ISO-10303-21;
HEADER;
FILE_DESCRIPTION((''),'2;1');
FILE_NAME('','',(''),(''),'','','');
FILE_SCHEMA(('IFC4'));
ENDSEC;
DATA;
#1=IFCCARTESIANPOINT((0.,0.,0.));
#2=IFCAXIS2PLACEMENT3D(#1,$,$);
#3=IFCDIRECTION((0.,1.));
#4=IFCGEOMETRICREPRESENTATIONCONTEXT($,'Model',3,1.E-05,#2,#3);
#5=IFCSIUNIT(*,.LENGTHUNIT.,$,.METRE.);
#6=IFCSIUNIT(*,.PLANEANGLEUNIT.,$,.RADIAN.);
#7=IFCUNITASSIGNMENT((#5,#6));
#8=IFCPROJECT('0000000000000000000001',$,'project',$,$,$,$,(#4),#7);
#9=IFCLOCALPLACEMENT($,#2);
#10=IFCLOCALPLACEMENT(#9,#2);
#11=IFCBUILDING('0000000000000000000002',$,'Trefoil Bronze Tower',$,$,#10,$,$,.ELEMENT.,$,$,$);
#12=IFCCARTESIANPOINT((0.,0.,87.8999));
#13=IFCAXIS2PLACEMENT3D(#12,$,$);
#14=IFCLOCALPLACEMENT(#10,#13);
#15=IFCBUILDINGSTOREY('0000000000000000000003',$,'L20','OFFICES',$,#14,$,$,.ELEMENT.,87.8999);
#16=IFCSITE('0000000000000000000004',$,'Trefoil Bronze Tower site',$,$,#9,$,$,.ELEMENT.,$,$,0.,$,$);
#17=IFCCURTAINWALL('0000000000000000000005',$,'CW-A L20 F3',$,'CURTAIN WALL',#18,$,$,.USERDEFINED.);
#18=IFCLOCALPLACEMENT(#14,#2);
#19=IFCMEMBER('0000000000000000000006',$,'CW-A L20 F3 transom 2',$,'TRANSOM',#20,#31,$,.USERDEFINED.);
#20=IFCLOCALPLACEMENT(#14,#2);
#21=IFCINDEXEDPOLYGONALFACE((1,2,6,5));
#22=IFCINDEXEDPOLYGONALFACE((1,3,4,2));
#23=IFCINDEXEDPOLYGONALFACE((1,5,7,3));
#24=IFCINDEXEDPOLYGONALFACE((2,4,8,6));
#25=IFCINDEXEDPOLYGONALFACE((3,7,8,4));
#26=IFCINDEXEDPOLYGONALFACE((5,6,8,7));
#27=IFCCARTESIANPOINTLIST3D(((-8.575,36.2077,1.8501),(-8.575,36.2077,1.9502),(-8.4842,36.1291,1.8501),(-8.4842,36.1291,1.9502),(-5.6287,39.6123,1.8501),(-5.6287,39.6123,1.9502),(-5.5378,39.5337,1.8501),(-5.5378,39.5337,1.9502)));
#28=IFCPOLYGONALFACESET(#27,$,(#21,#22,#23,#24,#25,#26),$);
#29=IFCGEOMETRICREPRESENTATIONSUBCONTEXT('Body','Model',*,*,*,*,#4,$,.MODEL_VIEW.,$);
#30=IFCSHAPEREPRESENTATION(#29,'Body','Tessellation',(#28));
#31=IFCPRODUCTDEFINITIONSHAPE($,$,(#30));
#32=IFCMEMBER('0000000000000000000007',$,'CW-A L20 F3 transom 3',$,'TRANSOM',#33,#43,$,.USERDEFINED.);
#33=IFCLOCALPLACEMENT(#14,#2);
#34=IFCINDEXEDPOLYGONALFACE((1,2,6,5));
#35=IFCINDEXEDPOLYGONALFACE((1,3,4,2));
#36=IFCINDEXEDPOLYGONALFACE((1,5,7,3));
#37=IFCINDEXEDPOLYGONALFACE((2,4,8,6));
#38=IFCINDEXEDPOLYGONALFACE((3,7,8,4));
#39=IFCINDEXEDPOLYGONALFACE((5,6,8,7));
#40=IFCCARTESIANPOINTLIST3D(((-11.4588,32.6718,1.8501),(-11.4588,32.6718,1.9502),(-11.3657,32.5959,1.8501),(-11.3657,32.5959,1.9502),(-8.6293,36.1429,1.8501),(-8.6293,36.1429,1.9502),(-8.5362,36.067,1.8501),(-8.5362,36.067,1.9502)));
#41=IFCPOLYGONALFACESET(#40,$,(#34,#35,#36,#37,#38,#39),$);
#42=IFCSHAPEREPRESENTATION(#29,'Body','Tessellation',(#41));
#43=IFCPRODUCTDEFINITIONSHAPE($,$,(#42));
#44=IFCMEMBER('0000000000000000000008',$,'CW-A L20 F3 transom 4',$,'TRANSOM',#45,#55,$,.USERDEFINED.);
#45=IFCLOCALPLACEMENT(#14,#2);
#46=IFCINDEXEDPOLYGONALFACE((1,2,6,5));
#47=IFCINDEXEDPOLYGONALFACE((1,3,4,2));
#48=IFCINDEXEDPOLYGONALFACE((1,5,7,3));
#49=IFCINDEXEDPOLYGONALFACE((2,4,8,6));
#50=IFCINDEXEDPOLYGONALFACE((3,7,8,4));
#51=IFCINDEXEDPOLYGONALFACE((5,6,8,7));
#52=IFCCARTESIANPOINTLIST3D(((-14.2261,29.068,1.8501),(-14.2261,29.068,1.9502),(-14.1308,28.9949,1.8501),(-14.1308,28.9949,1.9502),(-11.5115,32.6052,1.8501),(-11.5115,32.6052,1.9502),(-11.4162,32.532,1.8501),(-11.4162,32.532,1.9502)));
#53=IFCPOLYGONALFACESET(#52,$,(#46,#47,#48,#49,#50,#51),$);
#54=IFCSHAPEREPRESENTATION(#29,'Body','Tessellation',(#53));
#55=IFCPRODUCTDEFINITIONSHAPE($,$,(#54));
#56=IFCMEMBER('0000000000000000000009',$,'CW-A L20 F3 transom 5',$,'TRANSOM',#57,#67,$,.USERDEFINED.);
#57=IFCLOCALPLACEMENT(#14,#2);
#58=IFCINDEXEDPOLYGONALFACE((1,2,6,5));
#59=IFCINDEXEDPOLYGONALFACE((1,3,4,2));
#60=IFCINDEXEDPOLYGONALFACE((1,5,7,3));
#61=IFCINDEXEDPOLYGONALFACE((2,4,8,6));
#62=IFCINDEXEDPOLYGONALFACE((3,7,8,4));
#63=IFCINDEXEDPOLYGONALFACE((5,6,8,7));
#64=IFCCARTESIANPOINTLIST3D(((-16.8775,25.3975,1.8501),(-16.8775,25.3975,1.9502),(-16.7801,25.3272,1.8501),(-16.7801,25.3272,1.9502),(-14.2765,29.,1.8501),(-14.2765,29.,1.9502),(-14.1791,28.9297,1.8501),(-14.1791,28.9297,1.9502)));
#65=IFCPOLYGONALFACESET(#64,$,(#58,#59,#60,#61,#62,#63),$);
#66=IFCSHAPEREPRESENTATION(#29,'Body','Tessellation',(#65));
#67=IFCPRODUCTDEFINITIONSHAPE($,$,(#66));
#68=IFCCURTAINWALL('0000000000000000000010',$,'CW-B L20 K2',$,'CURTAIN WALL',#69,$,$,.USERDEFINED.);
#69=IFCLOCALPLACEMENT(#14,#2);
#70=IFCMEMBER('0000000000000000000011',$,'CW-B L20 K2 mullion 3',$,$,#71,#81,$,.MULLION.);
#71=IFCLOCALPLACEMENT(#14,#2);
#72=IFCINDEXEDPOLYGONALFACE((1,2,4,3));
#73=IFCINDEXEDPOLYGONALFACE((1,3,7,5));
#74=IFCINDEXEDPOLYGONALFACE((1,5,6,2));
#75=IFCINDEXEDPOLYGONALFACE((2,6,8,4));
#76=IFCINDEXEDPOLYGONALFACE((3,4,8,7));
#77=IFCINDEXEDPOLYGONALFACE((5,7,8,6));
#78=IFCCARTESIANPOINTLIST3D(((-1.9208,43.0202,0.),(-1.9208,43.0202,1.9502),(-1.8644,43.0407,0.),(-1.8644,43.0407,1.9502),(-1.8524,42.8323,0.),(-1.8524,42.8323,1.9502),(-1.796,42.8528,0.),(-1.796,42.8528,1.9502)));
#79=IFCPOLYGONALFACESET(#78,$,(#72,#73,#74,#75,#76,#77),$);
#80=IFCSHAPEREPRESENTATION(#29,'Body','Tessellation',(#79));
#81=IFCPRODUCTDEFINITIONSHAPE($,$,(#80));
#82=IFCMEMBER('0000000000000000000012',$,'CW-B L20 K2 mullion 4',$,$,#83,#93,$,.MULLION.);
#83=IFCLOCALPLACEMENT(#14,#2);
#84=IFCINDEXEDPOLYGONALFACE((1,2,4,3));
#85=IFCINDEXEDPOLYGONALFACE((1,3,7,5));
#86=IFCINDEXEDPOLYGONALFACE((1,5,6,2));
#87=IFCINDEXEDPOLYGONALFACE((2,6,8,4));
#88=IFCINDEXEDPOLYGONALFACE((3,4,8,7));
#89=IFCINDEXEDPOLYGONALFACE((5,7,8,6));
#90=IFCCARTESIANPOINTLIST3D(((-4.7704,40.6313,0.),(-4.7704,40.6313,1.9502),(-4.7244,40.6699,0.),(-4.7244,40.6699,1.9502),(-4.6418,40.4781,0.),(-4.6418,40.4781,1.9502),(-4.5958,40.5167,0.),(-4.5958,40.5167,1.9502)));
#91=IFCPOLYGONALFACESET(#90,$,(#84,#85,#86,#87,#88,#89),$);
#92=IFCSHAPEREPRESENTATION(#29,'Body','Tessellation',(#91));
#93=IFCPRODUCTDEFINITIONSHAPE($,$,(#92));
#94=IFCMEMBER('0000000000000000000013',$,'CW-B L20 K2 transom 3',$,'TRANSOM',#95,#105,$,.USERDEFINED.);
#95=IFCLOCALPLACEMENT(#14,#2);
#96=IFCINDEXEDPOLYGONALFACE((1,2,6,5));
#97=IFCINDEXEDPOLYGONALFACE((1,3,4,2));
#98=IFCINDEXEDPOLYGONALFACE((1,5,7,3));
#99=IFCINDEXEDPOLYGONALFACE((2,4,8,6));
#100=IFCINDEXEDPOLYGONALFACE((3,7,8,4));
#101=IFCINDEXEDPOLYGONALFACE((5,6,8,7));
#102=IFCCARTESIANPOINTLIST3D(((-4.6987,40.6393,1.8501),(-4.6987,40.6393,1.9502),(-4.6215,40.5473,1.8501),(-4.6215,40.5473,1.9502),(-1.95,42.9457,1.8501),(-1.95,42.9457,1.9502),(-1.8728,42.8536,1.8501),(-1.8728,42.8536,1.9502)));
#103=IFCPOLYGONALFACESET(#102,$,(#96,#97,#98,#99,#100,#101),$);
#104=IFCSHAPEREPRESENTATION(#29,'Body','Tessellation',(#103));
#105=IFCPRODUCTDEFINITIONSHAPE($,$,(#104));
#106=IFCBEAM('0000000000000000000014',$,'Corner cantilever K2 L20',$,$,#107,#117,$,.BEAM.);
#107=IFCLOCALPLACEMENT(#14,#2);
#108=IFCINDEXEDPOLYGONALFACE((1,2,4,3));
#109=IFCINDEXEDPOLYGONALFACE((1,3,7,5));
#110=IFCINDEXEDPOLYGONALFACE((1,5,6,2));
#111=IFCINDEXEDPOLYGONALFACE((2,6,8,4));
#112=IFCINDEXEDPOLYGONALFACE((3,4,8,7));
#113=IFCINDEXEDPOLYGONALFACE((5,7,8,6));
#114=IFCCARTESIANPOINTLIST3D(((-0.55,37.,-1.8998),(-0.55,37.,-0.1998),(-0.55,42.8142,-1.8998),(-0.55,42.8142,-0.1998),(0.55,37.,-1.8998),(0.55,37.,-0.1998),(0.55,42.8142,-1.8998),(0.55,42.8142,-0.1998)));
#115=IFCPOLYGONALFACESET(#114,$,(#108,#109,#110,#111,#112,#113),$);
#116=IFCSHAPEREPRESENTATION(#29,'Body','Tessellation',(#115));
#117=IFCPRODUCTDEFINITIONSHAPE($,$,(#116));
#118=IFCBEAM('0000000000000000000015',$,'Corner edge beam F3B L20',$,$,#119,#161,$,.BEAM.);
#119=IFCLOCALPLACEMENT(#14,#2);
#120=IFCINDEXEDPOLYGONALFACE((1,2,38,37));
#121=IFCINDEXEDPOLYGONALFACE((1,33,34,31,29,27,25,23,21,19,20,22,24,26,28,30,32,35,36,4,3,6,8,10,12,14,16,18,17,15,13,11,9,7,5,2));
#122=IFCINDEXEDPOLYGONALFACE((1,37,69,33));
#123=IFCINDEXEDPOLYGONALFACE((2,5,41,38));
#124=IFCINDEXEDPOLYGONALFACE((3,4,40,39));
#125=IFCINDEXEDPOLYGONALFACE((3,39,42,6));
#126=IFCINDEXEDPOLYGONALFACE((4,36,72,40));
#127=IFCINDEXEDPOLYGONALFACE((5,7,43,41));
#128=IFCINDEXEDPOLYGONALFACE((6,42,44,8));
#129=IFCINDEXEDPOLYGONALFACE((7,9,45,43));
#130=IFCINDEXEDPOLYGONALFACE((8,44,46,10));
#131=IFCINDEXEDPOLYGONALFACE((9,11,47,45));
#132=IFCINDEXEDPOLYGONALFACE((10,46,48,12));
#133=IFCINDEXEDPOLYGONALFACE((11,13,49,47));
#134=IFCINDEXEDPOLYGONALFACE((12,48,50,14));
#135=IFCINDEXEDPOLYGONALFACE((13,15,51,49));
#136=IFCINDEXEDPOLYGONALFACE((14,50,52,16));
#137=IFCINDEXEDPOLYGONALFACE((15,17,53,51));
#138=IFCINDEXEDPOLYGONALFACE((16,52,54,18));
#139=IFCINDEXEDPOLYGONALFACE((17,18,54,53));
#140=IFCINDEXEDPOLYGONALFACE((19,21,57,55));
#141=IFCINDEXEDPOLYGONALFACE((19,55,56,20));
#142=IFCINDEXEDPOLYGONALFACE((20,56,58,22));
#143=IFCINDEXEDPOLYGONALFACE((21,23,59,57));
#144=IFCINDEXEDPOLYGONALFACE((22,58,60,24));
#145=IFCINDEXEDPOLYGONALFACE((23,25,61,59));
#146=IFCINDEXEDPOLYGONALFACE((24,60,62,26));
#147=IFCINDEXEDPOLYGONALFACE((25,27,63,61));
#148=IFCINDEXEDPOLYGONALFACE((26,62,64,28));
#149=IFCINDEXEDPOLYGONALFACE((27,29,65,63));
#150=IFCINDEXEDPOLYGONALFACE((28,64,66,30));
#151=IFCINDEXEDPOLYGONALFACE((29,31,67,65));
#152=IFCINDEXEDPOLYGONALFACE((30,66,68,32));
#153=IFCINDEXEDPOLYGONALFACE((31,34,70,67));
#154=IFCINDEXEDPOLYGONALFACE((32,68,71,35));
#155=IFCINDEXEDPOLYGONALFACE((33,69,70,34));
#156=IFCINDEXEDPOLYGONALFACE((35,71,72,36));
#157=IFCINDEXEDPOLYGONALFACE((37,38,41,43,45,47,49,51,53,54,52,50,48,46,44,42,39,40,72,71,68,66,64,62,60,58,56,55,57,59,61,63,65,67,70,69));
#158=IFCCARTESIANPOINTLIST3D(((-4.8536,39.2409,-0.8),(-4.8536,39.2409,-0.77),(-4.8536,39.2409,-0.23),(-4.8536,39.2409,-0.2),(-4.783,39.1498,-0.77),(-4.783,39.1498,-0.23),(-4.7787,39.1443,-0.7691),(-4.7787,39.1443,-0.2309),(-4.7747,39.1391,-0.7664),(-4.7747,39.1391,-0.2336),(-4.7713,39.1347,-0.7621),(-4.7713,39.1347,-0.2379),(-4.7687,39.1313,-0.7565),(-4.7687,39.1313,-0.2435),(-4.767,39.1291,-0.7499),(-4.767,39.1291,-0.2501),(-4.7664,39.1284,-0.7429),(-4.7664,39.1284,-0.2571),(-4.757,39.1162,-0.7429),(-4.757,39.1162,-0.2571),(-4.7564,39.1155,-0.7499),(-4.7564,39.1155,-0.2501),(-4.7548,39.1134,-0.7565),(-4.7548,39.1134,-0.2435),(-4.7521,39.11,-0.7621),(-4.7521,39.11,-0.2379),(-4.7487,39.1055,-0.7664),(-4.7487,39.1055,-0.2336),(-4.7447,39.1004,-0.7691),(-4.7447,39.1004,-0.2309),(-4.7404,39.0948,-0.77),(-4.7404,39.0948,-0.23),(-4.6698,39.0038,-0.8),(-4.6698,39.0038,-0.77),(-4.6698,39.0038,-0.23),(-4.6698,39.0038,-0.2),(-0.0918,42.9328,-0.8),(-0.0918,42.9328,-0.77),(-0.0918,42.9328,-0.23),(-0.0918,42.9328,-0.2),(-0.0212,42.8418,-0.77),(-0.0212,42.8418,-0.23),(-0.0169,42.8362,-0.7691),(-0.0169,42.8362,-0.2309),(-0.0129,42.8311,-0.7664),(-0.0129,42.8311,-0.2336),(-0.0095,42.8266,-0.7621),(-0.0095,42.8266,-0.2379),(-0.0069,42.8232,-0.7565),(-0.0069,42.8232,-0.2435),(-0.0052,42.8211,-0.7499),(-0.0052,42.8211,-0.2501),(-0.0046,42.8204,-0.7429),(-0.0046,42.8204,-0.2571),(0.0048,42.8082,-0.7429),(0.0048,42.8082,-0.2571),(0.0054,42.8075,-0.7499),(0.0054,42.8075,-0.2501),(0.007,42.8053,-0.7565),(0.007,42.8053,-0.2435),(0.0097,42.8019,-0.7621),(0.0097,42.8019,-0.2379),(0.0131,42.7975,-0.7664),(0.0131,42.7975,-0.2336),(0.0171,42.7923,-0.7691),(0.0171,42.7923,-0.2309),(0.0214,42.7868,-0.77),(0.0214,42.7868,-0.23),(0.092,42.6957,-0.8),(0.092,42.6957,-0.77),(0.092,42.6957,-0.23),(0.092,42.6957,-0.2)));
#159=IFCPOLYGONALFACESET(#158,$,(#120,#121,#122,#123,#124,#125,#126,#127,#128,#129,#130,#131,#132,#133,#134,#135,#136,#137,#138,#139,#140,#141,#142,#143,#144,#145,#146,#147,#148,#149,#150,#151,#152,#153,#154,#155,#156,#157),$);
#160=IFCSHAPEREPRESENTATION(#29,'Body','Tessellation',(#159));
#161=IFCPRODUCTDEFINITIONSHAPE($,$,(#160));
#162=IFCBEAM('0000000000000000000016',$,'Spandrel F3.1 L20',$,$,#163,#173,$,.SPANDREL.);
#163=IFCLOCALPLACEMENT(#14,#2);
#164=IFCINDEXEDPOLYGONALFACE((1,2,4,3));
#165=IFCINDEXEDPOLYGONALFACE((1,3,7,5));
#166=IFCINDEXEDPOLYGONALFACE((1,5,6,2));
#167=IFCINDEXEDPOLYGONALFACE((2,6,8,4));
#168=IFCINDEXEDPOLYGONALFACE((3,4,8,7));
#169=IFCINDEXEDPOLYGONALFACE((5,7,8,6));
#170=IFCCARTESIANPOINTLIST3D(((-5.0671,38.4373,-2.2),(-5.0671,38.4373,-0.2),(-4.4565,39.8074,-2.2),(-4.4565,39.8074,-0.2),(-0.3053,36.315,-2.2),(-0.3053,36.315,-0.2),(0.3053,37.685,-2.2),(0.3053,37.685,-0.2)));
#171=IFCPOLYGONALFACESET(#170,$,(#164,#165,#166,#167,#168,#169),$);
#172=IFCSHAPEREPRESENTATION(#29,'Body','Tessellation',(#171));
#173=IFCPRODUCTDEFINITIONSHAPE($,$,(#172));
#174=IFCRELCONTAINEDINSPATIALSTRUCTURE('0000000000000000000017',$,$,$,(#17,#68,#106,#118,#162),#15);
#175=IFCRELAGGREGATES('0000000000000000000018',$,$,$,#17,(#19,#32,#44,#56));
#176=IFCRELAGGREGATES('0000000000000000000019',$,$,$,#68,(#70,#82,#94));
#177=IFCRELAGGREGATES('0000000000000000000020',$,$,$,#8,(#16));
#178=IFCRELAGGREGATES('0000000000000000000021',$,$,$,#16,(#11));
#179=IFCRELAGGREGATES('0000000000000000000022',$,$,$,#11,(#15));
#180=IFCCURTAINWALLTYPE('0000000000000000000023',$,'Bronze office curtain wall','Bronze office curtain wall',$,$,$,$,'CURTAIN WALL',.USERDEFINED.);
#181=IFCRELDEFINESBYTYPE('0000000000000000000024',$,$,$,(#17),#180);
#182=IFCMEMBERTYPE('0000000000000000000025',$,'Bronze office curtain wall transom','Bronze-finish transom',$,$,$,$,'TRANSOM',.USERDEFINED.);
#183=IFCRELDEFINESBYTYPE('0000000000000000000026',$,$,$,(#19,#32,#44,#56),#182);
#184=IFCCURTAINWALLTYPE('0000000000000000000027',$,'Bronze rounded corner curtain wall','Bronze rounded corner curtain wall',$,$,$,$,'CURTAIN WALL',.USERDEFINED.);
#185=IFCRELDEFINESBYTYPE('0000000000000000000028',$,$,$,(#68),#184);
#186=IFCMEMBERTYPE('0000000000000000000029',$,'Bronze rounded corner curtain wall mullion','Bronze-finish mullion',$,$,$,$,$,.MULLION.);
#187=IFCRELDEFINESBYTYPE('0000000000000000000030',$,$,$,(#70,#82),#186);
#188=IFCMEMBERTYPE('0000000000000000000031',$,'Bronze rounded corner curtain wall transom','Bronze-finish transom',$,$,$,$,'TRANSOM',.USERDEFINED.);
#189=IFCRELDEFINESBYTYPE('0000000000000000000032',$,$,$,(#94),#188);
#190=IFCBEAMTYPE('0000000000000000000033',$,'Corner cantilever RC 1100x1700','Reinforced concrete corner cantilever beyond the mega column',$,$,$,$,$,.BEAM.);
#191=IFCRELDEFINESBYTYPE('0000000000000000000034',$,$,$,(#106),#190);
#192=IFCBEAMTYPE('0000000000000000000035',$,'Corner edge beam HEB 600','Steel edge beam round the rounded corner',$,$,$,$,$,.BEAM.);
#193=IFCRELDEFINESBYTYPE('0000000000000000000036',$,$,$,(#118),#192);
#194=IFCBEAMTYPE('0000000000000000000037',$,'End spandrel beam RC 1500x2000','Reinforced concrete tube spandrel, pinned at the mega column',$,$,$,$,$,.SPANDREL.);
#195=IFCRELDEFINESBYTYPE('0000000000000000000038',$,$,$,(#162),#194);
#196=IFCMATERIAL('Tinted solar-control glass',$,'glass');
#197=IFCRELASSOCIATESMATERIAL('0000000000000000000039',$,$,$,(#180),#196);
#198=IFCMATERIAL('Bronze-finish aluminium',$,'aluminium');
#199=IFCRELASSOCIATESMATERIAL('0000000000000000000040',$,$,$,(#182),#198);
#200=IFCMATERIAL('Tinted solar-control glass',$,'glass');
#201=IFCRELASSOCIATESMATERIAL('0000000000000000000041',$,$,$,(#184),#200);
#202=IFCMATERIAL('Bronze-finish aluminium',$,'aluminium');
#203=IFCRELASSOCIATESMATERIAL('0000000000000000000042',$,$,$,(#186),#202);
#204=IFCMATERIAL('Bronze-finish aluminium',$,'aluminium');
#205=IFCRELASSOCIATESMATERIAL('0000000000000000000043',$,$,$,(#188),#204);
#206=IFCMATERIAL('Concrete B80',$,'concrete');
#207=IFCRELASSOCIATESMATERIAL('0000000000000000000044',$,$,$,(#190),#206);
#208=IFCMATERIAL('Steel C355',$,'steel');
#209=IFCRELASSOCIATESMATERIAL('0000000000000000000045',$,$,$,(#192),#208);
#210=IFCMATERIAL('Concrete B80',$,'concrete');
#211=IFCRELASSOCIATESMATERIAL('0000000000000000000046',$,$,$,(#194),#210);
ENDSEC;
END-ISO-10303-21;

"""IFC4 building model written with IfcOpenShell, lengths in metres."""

from ifc_helpers import new_model, si_unit, direction, frame, origin, origin_2d, place, context, subcontext, project, spatial, rectangle, i_section, extrude, material, material_profile, profile_set, type_object, element, aggregate, save


model = new_model("IFC4")

# Units and contexts
model_context = context("Model", 3, precision=1e-05, world=origin(), true_north=direction((0.0, 1.0)))
body_context = subcontext(model_context, "Body", "Model", "MODEL_VIEW")
ifc_project = project(units=[si_unit("LENGTHUNIT", "METRE"), si_unit("PLANEANGLEUNIT", "RADIAN")], contexts=[model_context])

# Site, building, storey
site_placement = place(None, origin())
site = spatial("IfcSite", under=ifc_project, at=site_placement, Name="Trefoil Bronze Tower site", CompositionType="ELEMENT", RefElevation=0.0)
building_placement = place(site_placement, origin())
building = spatial("IfcBuilding", under=site, at=building_placement, Name="Trefoil Bronze Tower", CompositionType="ELEMENT")
storey_placement = place(building_placement, frame((0.0, 0.0, 87.8999)))
storey = spatial("IfcBuildingStorey", under=building, at=storey_placement, Name="L20", Description="OFFICES", CompositionType="ELEMENT", Elevation=87.8999)

# Curtain walls, members
ifc_material_1 = material(Name="Tinted solar-control glass", Category="glass")
curtain_wall_type_1 = type_object("IfcCurtainWallType", Name="Bronze office curtain wall", Description="Bronze office curtain wall", ElementType="CURTAIN WALL", PredefinedType="USERDEFINED", material=ifc_material_1)
curtain_wall_1_placement = place(storey_placement, origin())
curtain_wall_1 = element("IfcCurtainWall", 1, at=curtain_wall_1_placement, inside=storey, type_object=curtain_wall_type_1, Name="CW-A L20 F3", ObjectType="CURTAIN WALL", PredefinedType="USERDEFINED")
ifc_material_2 = material(Name="Bronze-finish aluminium", Category="aluminium")
ifc_material_profile_1 = material_profile(ifc_material_2, rectangle(XDim=0.1201, YDim=0.1001, at=origin_2d()), Name="CW-A transom")
ifc_profile_set_1 = profile_set([ifc_material_profile_1], Name="Bronze-finish aluminium")
member_type_1 = type_object("IfcMemberType", Name="Bronze office curtain wall transom", Description="Bronze-finish transom", ElementType="TRANSOM", PredefinedType="USERDEFINED", material=ifc_profile_set_1)
member_1_placement = place(storey_placement, frame((-5.5833, 39.573, 1.9001), z_axis=(-0.654383, -0.756163, 0.0), x_axis=(0.756163, -0.654383, 0.0)))
member_1 = element("IfcMember", 2, at=member_1_placement, type_object=member_type_1, Name="CW-A L20 F3 transom 2", ObjectType="TRANSOM", PredefinedType="USERDEFINED", context=body_context, shape_type="SweptSolid", body=[
    extrude(rectangle(XDim=0.1201, YDim=0.1001, at=origin_2d()), origin(), (0.0, 0.0, 1.0), 4.5024),
])
member_2_placement = place(storey_placement, frame((-8.5828, 36.105, 1.9001), z_axis=(-0.631836, -0.775102, 0.0), x_axis=(0.775102, -0.631836, 0.0)))
member_2 = element("IfcMember", 3, at=member_2_placement, type_object=member_type_1, Name="CW-A L20 F3 transom 3", ObjectType="TRANSOM", PredefinedType="USERDEFINED", context=body_context, shape_type="SweptSolid", body=[
    extrude(rectangle(XDim=0.1201, YDim=0.1001, at=origin_2d()), origin(), (0.0, 0.0, 1.0), 4.4783),
])
member_3_placement = place(storey_placement, frame((-11.4639, 32.5686, 1.9001), z_axis=(-0.608829, -0.793301, 0.0), x_axis=(0.793301, -0.608829, 0.0)))
member_3 = element("IfcMember", 4, at=member_3_placement, type_object=member_type_1, Name="CW-A L20 F3 transom 4", ObjectType="TRANSOM", PredefinedType="USERDEFINED", context=body_context, shape_type="SweptSolid", body=[
    extrude(rectangle(XDim=0.1201, YDim=0.1001, at=origin_2d()), origin(), (0.0, 0.0, 1.0), 4.4587),
])
member_4_placement = place(storey_placement, frame((-14.2278, 28.9648, 1.9001), z_axis=(-0.585378, -0.81076, 0.0), x_axis=(0.81076, -0.585378, 0.0)))
member_4 = element("IfcMember", 5, at=member_4_placement, type_object=member_type_1, Name="CW-A L20 F3 transom 5", ObjectType="TRANSOM", PredefinedType="USERDEFINED", context=body_context, shape_type="SweptSolid", body=[
    extrude(rectangle(XDim=0.1201, YDim=0.1001, at=origin_2d()), origin(), (0.0, 0.0, 1.0), 4.4434),
])
ifc_material_3 = material(Name="Tinted solar-control glass", Category="glass")
curtain_wall_type_2 = type_object("IfcCurtainWallType", Name="Bronze rounded corner curtain wall", Description="Bronze rounded corner curtain wall", ElementType="CURTAIN WALL", PredefinedType="USERDEFINED", material=ifc_material_3)
curtain_wall_2_placement = place(storey_placement, origin())
curtain_wall_2 = element("IfcCurtainWall", 6, at=curtain_wall_2_placement, inside=storey, type_object=curtain_wall_type_2, Name="CW-B L20 K2", ObjectType="CURTAIN WALL", PredefinedType="USERDEFINED")
ifc_material_4 = material(Name="Bronze-finish aluminium", Category="aluminium")
ifc_material_profile_2 = material_profile(ifc_material_4, rectangle(XDim=0.2, YDim=0.0601, at=origin_2d()), Name="CW-B mullion")
ifc_profile_set_2 = profile_set([ifc_material_profile_2], Name="Bronze-finish aluminium")
member_type_2 = type_object("IfcMemberType", Name="Bronze rounded corner curtain wall mullion", Description="Bronze-finish mullion", PredefinedType="MULLION", material=ifc_profile_set_2)
member_5_placement = place(storey_placement, frame((-1.8584, 42.9365, 0.0), z_axis=(0.0, 0.0, 1.0), x_axis=(0.34202, -0.939693, 0.0)))
member_5 = element("IfcMember", 7, at=member_5_placement, type_object=member_type_2, Name="CW-B L20 K2 mullion 3", PredefinedType="MULLION", context=body_context, shape_type="SweptSolid", body=[
    extrude(rectangle(XDim=0.2, YDim=0.0601, at=origin_2d()), origin(), (0.0, 0.0, 1.0), 1.9502),
])
member_6_placement = place(storey_placement, frame((-4.6831, 40.574, 0.0), z_axis=(0.0, 0.0, 1.0), x_axis=(0.642788, -0.766044, 0.0)))
member_6 = element("IfcMember", 8, at=member_6_placement, type_object=member_type_2, Name="CW-B L20 K2 mullion 4", PredefinedType="MULLION", context=body_context, shape_type="SweptSolid", body=[
    extrude(rectangle(XDim=0.2, YDim=0.0601, at=origin_2d()), origin(), (0.0, 0.0, 1.0), 1.9502),
])
ifc_material_5 = material(Name="Bronze-finish aluminium", Category="aluminium")
ifc_material_profile_3 = material_profile(ifc_material_5, rectangle(XDim=0.1201, YDim=0.1001, at=origin_2d()), Name="CW-B transom")
ifc_profile_set_3 = profile_set([ifc_material_profile_3], Name="Bronze-finish aluminium")
member_type_3 = type_object("IfcMemberType", Name="Bronze rounded corner curtain wall transom", Description="Bronze-finish transom", ElementType="TRANSOM", PredefinedType="USERDEFINED", material=ifc_profile_set_3)
member_7_placement = place(storey_placement, frame((-1.9114, 42.8997, 1.9001), z_axis=(-0.766059, -0.642771, 0.0), x_axis=(0.642771, -0.766059, 0.0)))
member_7 = element("IfcMember", 9, at=member_7_placement, type_object=member_type_3, Name="CW-B L20 K2 transom 3", ObjectType="TRANSOM", PredefinedType="USERDEFINED", context=body_context, shape_type="SweptSolid", body=[
    extrude(rectangle(XDim=0.1201, YDim=0.1001, at=origin_2d()), origin(), (0.0, 0.0, 1.0), 3.5881),
])

# Beams
ifc_material_6 = material(Name="Concrete B80", Category="concrete")
ifc_material_profile_4 = material_profile(ifc_material_6, rectangle(XDim=1.1001, YDim=1.7, at=origin_2d()), Name="RC 1100x1700")
ifc_profile_set_4 = profile_set([ifc_material_profile_4], Name="Concrete B80")
beam_type_1 = type_object("IfcBeamType", Name="Corner cantilever RC 1100x1700", Description="Reinforced concrete corner cantilever beyond the mega column", PredefinedType="BEAM", material=ifc_profile_set_4)
beam_1_placement = place(storey_placement, frame((0.0, 37.0, -1.0498), z_axis=(0.0, 1.0, 0.0), x_axis=(-1.0, 0.0, 0.0)))
element("IfcBeam", 10, at=beam_1_placement, inside=storey, type_object=beam_type_1, Name="Corner cantilever K2 L20", PredefinedType="BEAM", context=body_context, shape_type="SweptSolid", body=[
    extrude(rectangle(XDim=1.1001, YDim=1.7, at=origin_2d()), origin(), (0.0, 0.0, 1.0), 5.8142),
])
ifc_material_7 = material(Name="Steel C355", Category="steel")
ifc_material_profile_5 = material_profile(ifc_material_7, i_section(OverallWidth=0.3, OverallDepth=0.6001, WebThickness=0.0154, FlangeThickness=0.03, FilletRadius=0.0271, at=origin_2d()), Name="HEB 600")
ifc_profile_set_5 = profile_set([ifc_material_profile_5], Name="Steel C355")
beam_type_2 = type_object("IfcBeamType", Name="Corner edge beam HEB 600", Description="Steel edge beam round the rounded corner", PredefinedType="BEAM", material=ifc_profile_set_5)
beam_2_placement = place(storey_placement, frame((-4.7617, 39.1223, -0.5), z_axis=(0.790289, 0.612734, 0.0), x_axis=(-0.612734, 0.790289, 0.0)))
element("IfcBeam", 11, at=beam_2_placement, inside=storey, type_object=beam_type_2, Name="Corner edge beam F3B L20", PredefinedType="BEAM", context=body_context, shape_type="SweptSolid", body=[
    extrude(i_section(OverallWidth=0.3, OverallDepth=0.6001, WebThickness=0.0154, FlangeThickness=0.03, FilletRadius=0.0271, at=origin_2d()), origin(), (0.0, 0.0, 1.0), 6.0254),
])
ifc_material_8 = material(Name="Concrete B80", Category="concrete")
ifc_material_profile_6 = material_profile(ifc_material_8, rectangle(XDim=1.5, YDim=2.0, at=origin_2d()), Name="RC 1500x2000")
ifc_profile_set_6 = profile_set([ifc_material_profile_6], Name="Concrete B80")
beam_type_3 = type_object("IfcBeamType", Name="End spandrel beam RC 1500x2000", Description="Reinforced concrete tube spandrel, pinned at the mega column", PredefinedType="SPANDREL", material=ifc_profile_set_6)
beam_3_placement = place(storey_placement, frame((0.0, 37.0, -1.2), z_axis=(-0.913384, 0.407099, 0.0), x_axis=(-0.407099, -0.913384, 0.0)))
element("IfcBeam", 12, at=beam_3_placement, inside=storey, type_object=beam_type_3, Name="Spandrel F3.1 L20", PredefinedType="SPANDREL", context=body_context, shape_type="SweptSolid", body=[
    extrude(rectangle(XDim=1.5, YDim=2.0, at=origin_2d()), origin(), (0.0, 0.0, 1.0), 5.2134),
])

aggregate(curtain_wall_1, [member_1, member_2, member_3, member_4])
aggregate(curtain_wall_2, [member_5, member_6, member_7])

save(model, "model.ifc")
